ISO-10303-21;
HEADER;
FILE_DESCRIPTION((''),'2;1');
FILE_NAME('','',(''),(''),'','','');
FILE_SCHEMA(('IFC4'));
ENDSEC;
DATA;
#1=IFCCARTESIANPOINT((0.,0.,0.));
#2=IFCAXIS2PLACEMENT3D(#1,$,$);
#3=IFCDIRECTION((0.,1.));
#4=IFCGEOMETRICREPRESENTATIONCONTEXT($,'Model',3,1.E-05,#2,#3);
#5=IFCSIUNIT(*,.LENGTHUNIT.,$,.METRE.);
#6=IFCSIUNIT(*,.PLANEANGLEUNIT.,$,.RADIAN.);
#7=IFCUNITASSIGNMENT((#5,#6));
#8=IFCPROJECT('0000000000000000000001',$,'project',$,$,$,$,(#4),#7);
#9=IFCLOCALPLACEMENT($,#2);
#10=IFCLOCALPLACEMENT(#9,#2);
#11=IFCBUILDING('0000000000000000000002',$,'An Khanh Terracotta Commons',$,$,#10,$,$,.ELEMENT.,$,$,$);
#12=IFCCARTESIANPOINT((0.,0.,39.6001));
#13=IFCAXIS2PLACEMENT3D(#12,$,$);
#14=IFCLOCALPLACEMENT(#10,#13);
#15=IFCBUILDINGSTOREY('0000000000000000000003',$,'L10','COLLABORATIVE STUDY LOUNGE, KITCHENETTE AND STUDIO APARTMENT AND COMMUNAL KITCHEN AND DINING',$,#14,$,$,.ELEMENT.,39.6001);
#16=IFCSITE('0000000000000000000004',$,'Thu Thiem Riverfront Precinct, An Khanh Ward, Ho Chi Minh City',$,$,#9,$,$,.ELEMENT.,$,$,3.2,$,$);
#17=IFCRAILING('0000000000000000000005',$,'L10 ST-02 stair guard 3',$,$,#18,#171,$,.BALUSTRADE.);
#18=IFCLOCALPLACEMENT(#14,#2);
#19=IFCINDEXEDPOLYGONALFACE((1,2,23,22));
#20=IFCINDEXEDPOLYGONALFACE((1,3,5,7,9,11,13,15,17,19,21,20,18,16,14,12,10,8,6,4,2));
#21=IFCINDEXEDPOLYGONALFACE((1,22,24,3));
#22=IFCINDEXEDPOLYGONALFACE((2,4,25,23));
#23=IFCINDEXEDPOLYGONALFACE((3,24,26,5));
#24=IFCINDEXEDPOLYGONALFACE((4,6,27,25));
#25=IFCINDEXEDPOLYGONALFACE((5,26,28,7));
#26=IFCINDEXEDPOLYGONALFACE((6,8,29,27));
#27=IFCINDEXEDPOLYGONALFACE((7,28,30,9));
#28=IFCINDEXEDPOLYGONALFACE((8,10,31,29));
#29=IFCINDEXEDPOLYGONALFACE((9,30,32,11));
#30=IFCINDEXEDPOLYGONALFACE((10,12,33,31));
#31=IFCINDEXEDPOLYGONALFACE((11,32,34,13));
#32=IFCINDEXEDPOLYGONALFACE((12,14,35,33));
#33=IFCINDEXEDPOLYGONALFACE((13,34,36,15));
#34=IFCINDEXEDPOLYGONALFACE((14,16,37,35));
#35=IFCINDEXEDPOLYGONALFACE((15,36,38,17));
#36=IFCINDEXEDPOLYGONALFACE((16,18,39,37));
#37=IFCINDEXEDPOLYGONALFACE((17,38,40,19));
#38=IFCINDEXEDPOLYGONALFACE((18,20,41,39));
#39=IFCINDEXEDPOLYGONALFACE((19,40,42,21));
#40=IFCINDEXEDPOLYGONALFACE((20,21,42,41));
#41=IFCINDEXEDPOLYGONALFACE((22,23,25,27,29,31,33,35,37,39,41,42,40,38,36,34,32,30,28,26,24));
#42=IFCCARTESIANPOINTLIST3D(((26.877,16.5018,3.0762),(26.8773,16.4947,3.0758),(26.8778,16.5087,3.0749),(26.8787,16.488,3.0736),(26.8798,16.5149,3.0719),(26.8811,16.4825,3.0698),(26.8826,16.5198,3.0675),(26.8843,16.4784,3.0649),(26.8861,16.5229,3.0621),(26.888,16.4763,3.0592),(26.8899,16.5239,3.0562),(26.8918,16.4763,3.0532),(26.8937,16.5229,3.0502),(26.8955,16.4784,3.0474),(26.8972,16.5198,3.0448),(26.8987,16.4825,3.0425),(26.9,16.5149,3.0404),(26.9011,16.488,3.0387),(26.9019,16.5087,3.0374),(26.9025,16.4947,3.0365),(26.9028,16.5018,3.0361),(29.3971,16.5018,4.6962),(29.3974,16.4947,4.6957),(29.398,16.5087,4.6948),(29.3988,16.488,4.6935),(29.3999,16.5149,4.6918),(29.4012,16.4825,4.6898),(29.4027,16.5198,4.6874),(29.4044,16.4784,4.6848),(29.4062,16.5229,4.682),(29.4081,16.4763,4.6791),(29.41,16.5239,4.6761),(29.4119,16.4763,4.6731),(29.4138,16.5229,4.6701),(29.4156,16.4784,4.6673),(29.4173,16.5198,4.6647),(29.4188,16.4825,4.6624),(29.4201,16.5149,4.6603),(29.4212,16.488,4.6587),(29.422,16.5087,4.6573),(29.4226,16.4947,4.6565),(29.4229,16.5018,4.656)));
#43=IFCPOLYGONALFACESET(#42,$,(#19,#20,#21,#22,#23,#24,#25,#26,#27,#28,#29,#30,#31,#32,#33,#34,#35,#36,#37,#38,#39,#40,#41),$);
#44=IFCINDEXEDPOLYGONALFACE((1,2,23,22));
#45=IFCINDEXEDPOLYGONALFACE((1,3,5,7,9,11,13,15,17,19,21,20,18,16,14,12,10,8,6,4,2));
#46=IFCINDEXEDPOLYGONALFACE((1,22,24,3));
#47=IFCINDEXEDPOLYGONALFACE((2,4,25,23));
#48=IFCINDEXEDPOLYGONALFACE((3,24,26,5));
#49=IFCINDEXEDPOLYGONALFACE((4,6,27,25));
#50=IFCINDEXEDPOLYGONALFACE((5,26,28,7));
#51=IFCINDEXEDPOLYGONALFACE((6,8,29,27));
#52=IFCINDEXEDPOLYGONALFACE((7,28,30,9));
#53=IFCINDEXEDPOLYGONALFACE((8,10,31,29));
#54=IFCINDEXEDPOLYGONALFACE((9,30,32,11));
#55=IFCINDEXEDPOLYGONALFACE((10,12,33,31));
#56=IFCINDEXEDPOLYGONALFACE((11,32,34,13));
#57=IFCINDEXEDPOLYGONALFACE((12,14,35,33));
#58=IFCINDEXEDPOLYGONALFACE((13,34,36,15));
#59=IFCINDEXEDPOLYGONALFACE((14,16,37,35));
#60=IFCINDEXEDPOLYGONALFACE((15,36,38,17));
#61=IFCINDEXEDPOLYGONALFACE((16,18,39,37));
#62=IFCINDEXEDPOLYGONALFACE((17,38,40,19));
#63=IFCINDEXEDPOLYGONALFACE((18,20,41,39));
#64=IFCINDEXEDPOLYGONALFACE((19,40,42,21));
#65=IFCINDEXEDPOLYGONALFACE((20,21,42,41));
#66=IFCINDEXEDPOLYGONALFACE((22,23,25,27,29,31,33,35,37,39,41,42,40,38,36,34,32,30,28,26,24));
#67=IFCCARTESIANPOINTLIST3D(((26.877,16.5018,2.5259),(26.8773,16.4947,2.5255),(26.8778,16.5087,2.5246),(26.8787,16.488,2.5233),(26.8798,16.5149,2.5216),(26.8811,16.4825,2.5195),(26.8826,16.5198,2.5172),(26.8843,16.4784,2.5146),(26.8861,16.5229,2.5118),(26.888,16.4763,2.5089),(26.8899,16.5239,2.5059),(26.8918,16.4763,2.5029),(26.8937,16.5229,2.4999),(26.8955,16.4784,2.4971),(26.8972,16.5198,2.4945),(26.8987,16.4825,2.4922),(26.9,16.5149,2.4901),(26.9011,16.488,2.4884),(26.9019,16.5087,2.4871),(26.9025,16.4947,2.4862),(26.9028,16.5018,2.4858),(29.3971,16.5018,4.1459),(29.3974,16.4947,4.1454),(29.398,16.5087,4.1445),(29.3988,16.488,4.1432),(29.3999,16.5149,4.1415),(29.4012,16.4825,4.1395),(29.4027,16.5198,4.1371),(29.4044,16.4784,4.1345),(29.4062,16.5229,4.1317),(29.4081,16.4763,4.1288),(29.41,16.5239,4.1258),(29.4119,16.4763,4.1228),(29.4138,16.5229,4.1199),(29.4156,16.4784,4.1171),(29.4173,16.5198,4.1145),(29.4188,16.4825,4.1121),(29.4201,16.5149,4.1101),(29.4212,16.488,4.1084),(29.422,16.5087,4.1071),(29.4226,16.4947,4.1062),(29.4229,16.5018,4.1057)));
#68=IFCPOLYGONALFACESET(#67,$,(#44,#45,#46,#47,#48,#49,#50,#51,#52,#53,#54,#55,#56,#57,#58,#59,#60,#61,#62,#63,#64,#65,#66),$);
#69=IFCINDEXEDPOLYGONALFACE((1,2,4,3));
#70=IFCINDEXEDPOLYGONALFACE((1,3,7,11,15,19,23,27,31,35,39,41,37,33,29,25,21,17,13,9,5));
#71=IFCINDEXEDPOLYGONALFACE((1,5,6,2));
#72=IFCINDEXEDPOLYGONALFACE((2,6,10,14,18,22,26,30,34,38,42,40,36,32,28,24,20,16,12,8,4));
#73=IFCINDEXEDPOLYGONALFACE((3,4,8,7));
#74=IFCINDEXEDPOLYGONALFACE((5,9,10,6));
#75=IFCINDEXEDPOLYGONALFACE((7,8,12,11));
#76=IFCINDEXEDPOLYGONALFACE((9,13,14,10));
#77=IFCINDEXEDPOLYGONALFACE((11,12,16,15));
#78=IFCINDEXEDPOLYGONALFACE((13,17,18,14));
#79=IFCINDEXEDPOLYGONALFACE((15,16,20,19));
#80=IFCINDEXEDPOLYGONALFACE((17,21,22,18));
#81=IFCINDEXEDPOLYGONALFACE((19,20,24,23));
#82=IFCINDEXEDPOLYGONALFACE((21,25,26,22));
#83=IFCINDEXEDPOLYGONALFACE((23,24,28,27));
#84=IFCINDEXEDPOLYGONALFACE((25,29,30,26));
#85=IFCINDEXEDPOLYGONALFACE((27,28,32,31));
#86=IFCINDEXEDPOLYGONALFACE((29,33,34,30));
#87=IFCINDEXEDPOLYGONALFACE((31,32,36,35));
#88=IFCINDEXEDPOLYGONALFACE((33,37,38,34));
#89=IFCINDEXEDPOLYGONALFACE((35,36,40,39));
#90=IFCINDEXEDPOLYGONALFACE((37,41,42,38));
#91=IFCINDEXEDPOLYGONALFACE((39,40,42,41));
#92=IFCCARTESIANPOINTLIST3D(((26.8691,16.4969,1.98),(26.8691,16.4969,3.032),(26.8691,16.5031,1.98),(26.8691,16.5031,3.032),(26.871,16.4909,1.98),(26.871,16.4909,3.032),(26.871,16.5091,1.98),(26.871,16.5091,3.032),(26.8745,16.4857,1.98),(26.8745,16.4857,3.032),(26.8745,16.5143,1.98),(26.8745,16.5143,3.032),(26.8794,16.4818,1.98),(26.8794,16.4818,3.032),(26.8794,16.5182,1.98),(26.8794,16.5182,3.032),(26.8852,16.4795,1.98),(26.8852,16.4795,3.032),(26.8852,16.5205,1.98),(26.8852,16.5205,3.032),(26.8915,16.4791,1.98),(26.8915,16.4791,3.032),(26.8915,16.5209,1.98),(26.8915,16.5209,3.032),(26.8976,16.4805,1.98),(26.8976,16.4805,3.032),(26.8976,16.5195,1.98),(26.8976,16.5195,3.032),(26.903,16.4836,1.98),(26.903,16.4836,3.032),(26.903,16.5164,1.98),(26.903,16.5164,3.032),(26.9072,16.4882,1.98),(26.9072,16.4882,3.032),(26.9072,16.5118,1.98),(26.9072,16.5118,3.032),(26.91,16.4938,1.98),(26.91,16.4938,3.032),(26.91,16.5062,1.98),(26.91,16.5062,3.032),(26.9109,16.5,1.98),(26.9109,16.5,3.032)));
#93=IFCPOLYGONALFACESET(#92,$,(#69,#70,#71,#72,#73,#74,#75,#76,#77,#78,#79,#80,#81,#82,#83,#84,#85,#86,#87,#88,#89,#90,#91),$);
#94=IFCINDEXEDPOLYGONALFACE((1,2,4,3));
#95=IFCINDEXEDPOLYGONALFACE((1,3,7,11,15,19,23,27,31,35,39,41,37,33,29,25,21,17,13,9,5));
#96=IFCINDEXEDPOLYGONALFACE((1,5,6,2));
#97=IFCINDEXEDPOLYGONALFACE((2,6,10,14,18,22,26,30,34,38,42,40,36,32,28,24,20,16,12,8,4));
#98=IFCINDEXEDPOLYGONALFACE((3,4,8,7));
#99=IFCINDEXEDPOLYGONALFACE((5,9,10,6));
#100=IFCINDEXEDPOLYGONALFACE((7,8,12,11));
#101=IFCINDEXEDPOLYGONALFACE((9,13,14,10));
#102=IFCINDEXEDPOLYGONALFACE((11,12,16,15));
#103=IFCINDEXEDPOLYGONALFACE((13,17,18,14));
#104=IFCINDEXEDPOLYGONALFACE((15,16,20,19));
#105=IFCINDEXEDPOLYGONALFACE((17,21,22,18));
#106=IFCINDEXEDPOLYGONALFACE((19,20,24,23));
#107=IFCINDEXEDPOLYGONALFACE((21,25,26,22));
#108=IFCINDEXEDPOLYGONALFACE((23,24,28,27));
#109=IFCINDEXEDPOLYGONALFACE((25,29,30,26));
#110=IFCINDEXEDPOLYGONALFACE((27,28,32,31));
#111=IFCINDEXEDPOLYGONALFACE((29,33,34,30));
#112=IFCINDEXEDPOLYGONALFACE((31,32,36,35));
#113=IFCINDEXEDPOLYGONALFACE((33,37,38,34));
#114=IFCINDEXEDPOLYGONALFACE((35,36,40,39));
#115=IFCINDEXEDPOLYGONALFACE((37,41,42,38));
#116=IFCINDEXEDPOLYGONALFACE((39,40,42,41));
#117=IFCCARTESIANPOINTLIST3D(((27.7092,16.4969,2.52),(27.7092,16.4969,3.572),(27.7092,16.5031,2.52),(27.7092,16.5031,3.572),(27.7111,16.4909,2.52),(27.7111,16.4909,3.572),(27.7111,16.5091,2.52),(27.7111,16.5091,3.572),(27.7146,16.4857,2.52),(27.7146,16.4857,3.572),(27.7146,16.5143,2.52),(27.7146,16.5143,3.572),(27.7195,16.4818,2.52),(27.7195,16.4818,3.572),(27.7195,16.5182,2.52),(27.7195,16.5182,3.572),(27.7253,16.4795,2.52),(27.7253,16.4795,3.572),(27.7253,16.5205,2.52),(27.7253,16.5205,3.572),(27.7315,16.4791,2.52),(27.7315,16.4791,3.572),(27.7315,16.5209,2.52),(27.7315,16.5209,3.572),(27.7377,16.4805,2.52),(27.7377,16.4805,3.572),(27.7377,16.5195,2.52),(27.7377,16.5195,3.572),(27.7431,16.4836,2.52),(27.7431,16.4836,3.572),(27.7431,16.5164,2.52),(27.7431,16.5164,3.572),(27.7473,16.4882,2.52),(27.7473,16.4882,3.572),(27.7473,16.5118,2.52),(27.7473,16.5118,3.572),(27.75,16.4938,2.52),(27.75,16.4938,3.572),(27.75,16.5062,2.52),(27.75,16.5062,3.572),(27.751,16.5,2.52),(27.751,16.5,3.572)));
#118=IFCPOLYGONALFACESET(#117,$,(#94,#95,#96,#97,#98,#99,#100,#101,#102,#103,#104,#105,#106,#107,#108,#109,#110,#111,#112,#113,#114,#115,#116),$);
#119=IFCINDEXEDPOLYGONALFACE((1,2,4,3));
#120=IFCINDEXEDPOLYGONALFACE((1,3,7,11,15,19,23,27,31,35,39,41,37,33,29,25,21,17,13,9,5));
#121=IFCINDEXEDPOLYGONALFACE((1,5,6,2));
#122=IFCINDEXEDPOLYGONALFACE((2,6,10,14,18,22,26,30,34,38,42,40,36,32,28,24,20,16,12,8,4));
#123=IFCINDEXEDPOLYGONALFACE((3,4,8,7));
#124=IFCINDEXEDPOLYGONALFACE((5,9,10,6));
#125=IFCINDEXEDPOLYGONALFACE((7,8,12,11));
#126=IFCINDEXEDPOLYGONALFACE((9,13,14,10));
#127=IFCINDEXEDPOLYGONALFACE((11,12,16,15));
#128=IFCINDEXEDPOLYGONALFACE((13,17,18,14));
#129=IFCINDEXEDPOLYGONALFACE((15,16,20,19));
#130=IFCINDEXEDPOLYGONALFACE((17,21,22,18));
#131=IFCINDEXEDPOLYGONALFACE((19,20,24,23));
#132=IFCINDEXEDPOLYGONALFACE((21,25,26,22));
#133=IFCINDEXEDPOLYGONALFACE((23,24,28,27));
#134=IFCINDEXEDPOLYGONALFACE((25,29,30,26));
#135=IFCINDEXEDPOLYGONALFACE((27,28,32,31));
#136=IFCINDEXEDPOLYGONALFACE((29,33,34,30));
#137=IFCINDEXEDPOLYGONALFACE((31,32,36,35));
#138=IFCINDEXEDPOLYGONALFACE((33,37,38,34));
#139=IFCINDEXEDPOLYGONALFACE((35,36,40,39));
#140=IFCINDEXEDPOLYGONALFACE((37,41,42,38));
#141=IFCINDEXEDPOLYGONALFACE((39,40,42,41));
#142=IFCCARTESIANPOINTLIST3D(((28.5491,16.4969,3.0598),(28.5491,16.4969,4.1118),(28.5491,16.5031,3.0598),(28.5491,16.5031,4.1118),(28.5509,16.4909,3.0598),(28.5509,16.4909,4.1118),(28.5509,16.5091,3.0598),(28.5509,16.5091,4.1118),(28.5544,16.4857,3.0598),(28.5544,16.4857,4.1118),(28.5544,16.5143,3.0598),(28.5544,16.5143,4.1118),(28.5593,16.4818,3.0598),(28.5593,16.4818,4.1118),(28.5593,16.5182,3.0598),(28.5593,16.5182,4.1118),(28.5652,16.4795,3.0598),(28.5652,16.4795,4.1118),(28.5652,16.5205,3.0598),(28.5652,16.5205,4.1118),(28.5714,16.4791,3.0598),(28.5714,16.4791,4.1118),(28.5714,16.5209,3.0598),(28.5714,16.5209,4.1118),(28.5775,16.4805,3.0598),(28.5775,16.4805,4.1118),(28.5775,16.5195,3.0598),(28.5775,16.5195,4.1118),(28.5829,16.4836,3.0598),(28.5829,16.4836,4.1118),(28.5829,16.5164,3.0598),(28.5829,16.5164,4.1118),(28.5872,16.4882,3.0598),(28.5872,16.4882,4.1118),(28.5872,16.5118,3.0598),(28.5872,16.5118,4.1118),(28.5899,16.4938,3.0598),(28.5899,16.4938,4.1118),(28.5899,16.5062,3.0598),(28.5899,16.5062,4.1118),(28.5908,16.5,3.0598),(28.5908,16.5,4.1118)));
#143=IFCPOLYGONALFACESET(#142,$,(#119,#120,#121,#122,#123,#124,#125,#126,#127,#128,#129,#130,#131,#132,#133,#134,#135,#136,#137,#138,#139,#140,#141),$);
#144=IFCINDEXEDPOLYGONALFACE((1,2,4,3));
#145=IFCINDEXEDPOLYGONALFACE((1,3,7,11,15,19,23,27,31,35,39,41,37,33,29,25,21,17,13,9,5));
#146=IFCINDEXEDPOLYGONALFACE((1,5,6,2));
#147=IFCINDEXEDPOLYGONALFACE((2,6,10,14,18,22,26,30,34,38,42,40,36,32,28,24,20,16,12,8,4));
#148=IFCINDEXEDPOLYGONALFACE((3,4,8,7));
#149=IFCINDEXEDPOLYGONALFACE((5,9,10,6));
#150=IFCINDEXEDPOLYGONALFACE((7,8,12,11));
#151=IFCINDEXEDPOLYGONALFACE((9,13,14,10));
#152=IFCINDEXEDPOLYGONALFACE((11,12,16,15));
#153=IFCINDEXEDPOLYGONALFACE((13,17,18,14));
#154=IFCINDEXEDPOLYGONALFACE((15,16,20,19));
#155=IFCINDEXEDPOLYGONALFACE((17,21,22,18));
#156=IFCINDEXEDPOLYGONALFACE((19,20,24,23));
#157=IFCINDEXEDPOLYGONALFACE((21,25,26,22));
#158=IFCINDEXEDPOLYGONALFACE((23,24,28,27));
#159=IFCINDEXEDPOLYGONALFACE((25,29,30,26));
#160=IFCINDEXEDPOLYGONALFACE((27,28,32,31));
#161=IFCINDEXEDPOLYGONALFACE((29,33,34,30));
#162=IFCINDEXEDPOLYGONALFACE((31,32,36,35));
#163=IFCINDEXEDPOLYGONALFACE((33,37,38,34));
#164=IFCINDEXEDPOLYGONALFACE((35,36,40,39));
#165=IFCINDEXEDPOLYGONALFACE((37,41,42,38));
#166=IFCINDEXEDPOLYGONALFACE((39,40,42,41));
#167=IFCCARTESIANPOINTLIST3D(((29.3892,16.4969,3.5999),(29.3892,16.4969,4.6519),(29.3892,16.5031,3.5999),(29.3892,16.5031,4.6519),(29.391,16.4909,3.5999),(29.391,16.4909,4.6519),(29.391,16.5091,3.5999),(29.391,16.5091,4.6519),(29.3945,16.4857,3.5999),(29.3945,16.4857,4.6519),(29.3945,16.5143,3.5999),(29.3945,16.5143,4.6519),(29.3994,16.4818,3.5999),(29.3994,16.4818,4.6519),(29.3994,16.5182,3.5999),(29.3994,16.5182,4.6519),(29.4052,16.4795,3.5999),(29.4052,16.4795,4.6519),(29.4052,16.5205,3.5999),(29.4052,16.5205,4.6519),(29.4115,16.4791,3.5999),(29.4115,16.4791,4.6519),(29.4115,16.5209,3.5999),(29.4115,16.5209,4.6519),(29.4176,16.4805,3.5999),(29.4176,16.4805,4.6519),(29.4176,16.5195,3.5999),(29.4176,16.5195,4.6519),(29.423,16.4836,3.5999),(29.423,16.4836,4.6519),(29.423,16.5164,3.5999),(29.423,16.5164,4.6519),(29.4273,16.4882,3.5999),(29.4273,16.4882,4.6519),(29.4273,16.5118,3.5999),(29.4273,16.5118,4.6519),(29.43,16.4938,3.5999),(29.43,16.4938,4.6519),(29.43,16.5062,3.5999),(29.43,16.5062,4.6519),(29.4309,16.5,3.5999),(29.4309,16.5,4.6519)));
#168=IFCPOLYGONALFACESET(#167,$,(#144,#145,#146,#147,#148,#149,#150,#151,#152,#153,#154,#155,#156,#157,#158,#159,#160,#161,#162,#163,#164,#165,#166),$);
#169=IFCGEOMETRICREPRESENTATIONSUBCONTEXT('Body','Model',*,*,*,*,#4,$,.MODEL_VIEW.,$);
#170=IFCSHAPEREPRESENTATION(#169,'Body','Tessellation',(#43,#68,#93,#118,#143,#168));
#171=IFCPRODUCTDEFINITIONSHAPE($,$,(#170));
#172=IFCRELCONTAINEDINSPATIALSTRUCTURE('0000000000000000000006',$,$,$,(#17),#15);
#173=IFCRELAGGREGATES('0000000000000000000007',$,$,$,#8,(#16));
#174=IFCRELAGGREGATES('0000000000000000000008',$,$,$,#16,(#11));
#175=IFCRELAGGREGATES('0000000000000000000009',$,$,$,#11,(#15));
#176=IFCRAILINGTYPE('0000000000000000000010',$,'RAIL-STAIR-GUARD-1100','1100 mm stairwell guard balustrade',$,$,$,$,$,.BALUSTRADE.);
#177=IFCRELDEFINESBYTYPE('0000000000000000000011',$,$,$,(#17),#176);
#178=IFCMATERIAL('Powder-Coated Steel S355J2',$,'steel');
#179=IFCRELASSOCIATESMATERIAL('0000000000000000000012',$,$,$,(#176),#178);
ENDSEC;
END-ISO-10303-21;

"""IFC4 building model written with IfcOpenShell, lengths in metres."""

from ifc_helpers import new_model, si_unit, direction, frame, origin, origin_2d, place, context, subcontext, project, spatial, circle, extrude, material, type_object, element, save


model = new_model("IFC4")

# Units and contexts
model_context = context("Model", 3, precision=1e-05, world=origin(), true_north=direction((0.0, 1.0)))
body_context = subcontext(model_context, "Body", "Model", "MODEL_VIEW")
ifc_project = project(units=[si_unit("LENGTHUNIT", "METRE"), si_unit("PLANEANGLEUNIT", "RADIAN")], contexts=[model_context])

# Site, building, storey
site_placement = place(None, origin())
site = spatial("IfcSite", under=ifc_project, at=site_placement, Name="Thu Thiem Riverfront Precinct, An Khanh Ward, Ho Chi Minh City", CompositionType="ELEMENT", RefElevation=3.2)
building_placement = place(site_placement, origin())
building = spatial("IfcBuilding", under=site, at=building_placement, Name="An Khanh Terracotta Commons", CompositionType="ELEMENT")
storey_placement = place(building_placement, frame((0.0, 0.0, 39.6001)))
storey = spatial("IfcBuildingStorey", under=building, at=storey_placement, Name="L10", Description="COLLABORATIVE STUDY LOUNGE, KITCHENETTE AND STUDIO APARTMENT AND COMMUNAL KITCHEN AND DINING", CompositionType="ELEMENT", Elevation=39.6001)

# Railing
ifc_material_1 = material(Name="Powder-Coated Steel S355J2", Category="steel")
railing_type_1 = type_object("IfcRailingType", Name="RAIL-STAIR-GUARD-1100", Description="1100 mm stairwell guard balustrade", PredefinedType="BALUSTRADE", material=ifc_material_1)
railing_1_placement = place(storey_placement, frame((26.8899, 16.5, 1.98)))
element("IfcRailing", 1, at=railing_1_placement, inside=storey, type_object=railing_type_1, Name="L10 ST-02 stair guard 3", PredefinedType="BALUSTRADE", context=body_context, shape_type="SweptSolid", body=[
    extrude(circle(Radius=0.0239, at=origin_2d()), frame((0.0, 0.0, 1.0762), z_axis=(0.8412, 0.0, 0.540725), x_axis=(0.0, 1.0, 0.0)), (0.0, 0.0, 1.0), 2.9958),
    extrude(circle(Radius=0.0239, at=origin_2d()), frame((0.0, 0.0, 0.5259), z_axis=(0.8412, 0.0, 0.540725), x_axis=(0.0, 1.0, 0.0)), (0.0, 0.0, 1.0), 2.9958),
    extrude(circle(Radius=0.021, at=origin_2d()), origin(), (0.0, 0.0, 1.0), 1.052),
    extrude(circle(Radius=0.021, at=origin_2d()), frame((0.8401, 0.0, 0.54)), (0.0, 0.0, 1.0), 1.052),
    extrude(circle(Radius=0.021, at=origin_2d()), frame((1.6799, 0.0, 1.0798)), (0.0, 0.0, 1.0), 1.052),
    extrude(circle(Radius=0.021, at=origin_2d()), frame((2.52, 0.0, 1.6199)), (0.0, 0.0, 1.0), 1.052),
])

save(model, "model.ifc")
